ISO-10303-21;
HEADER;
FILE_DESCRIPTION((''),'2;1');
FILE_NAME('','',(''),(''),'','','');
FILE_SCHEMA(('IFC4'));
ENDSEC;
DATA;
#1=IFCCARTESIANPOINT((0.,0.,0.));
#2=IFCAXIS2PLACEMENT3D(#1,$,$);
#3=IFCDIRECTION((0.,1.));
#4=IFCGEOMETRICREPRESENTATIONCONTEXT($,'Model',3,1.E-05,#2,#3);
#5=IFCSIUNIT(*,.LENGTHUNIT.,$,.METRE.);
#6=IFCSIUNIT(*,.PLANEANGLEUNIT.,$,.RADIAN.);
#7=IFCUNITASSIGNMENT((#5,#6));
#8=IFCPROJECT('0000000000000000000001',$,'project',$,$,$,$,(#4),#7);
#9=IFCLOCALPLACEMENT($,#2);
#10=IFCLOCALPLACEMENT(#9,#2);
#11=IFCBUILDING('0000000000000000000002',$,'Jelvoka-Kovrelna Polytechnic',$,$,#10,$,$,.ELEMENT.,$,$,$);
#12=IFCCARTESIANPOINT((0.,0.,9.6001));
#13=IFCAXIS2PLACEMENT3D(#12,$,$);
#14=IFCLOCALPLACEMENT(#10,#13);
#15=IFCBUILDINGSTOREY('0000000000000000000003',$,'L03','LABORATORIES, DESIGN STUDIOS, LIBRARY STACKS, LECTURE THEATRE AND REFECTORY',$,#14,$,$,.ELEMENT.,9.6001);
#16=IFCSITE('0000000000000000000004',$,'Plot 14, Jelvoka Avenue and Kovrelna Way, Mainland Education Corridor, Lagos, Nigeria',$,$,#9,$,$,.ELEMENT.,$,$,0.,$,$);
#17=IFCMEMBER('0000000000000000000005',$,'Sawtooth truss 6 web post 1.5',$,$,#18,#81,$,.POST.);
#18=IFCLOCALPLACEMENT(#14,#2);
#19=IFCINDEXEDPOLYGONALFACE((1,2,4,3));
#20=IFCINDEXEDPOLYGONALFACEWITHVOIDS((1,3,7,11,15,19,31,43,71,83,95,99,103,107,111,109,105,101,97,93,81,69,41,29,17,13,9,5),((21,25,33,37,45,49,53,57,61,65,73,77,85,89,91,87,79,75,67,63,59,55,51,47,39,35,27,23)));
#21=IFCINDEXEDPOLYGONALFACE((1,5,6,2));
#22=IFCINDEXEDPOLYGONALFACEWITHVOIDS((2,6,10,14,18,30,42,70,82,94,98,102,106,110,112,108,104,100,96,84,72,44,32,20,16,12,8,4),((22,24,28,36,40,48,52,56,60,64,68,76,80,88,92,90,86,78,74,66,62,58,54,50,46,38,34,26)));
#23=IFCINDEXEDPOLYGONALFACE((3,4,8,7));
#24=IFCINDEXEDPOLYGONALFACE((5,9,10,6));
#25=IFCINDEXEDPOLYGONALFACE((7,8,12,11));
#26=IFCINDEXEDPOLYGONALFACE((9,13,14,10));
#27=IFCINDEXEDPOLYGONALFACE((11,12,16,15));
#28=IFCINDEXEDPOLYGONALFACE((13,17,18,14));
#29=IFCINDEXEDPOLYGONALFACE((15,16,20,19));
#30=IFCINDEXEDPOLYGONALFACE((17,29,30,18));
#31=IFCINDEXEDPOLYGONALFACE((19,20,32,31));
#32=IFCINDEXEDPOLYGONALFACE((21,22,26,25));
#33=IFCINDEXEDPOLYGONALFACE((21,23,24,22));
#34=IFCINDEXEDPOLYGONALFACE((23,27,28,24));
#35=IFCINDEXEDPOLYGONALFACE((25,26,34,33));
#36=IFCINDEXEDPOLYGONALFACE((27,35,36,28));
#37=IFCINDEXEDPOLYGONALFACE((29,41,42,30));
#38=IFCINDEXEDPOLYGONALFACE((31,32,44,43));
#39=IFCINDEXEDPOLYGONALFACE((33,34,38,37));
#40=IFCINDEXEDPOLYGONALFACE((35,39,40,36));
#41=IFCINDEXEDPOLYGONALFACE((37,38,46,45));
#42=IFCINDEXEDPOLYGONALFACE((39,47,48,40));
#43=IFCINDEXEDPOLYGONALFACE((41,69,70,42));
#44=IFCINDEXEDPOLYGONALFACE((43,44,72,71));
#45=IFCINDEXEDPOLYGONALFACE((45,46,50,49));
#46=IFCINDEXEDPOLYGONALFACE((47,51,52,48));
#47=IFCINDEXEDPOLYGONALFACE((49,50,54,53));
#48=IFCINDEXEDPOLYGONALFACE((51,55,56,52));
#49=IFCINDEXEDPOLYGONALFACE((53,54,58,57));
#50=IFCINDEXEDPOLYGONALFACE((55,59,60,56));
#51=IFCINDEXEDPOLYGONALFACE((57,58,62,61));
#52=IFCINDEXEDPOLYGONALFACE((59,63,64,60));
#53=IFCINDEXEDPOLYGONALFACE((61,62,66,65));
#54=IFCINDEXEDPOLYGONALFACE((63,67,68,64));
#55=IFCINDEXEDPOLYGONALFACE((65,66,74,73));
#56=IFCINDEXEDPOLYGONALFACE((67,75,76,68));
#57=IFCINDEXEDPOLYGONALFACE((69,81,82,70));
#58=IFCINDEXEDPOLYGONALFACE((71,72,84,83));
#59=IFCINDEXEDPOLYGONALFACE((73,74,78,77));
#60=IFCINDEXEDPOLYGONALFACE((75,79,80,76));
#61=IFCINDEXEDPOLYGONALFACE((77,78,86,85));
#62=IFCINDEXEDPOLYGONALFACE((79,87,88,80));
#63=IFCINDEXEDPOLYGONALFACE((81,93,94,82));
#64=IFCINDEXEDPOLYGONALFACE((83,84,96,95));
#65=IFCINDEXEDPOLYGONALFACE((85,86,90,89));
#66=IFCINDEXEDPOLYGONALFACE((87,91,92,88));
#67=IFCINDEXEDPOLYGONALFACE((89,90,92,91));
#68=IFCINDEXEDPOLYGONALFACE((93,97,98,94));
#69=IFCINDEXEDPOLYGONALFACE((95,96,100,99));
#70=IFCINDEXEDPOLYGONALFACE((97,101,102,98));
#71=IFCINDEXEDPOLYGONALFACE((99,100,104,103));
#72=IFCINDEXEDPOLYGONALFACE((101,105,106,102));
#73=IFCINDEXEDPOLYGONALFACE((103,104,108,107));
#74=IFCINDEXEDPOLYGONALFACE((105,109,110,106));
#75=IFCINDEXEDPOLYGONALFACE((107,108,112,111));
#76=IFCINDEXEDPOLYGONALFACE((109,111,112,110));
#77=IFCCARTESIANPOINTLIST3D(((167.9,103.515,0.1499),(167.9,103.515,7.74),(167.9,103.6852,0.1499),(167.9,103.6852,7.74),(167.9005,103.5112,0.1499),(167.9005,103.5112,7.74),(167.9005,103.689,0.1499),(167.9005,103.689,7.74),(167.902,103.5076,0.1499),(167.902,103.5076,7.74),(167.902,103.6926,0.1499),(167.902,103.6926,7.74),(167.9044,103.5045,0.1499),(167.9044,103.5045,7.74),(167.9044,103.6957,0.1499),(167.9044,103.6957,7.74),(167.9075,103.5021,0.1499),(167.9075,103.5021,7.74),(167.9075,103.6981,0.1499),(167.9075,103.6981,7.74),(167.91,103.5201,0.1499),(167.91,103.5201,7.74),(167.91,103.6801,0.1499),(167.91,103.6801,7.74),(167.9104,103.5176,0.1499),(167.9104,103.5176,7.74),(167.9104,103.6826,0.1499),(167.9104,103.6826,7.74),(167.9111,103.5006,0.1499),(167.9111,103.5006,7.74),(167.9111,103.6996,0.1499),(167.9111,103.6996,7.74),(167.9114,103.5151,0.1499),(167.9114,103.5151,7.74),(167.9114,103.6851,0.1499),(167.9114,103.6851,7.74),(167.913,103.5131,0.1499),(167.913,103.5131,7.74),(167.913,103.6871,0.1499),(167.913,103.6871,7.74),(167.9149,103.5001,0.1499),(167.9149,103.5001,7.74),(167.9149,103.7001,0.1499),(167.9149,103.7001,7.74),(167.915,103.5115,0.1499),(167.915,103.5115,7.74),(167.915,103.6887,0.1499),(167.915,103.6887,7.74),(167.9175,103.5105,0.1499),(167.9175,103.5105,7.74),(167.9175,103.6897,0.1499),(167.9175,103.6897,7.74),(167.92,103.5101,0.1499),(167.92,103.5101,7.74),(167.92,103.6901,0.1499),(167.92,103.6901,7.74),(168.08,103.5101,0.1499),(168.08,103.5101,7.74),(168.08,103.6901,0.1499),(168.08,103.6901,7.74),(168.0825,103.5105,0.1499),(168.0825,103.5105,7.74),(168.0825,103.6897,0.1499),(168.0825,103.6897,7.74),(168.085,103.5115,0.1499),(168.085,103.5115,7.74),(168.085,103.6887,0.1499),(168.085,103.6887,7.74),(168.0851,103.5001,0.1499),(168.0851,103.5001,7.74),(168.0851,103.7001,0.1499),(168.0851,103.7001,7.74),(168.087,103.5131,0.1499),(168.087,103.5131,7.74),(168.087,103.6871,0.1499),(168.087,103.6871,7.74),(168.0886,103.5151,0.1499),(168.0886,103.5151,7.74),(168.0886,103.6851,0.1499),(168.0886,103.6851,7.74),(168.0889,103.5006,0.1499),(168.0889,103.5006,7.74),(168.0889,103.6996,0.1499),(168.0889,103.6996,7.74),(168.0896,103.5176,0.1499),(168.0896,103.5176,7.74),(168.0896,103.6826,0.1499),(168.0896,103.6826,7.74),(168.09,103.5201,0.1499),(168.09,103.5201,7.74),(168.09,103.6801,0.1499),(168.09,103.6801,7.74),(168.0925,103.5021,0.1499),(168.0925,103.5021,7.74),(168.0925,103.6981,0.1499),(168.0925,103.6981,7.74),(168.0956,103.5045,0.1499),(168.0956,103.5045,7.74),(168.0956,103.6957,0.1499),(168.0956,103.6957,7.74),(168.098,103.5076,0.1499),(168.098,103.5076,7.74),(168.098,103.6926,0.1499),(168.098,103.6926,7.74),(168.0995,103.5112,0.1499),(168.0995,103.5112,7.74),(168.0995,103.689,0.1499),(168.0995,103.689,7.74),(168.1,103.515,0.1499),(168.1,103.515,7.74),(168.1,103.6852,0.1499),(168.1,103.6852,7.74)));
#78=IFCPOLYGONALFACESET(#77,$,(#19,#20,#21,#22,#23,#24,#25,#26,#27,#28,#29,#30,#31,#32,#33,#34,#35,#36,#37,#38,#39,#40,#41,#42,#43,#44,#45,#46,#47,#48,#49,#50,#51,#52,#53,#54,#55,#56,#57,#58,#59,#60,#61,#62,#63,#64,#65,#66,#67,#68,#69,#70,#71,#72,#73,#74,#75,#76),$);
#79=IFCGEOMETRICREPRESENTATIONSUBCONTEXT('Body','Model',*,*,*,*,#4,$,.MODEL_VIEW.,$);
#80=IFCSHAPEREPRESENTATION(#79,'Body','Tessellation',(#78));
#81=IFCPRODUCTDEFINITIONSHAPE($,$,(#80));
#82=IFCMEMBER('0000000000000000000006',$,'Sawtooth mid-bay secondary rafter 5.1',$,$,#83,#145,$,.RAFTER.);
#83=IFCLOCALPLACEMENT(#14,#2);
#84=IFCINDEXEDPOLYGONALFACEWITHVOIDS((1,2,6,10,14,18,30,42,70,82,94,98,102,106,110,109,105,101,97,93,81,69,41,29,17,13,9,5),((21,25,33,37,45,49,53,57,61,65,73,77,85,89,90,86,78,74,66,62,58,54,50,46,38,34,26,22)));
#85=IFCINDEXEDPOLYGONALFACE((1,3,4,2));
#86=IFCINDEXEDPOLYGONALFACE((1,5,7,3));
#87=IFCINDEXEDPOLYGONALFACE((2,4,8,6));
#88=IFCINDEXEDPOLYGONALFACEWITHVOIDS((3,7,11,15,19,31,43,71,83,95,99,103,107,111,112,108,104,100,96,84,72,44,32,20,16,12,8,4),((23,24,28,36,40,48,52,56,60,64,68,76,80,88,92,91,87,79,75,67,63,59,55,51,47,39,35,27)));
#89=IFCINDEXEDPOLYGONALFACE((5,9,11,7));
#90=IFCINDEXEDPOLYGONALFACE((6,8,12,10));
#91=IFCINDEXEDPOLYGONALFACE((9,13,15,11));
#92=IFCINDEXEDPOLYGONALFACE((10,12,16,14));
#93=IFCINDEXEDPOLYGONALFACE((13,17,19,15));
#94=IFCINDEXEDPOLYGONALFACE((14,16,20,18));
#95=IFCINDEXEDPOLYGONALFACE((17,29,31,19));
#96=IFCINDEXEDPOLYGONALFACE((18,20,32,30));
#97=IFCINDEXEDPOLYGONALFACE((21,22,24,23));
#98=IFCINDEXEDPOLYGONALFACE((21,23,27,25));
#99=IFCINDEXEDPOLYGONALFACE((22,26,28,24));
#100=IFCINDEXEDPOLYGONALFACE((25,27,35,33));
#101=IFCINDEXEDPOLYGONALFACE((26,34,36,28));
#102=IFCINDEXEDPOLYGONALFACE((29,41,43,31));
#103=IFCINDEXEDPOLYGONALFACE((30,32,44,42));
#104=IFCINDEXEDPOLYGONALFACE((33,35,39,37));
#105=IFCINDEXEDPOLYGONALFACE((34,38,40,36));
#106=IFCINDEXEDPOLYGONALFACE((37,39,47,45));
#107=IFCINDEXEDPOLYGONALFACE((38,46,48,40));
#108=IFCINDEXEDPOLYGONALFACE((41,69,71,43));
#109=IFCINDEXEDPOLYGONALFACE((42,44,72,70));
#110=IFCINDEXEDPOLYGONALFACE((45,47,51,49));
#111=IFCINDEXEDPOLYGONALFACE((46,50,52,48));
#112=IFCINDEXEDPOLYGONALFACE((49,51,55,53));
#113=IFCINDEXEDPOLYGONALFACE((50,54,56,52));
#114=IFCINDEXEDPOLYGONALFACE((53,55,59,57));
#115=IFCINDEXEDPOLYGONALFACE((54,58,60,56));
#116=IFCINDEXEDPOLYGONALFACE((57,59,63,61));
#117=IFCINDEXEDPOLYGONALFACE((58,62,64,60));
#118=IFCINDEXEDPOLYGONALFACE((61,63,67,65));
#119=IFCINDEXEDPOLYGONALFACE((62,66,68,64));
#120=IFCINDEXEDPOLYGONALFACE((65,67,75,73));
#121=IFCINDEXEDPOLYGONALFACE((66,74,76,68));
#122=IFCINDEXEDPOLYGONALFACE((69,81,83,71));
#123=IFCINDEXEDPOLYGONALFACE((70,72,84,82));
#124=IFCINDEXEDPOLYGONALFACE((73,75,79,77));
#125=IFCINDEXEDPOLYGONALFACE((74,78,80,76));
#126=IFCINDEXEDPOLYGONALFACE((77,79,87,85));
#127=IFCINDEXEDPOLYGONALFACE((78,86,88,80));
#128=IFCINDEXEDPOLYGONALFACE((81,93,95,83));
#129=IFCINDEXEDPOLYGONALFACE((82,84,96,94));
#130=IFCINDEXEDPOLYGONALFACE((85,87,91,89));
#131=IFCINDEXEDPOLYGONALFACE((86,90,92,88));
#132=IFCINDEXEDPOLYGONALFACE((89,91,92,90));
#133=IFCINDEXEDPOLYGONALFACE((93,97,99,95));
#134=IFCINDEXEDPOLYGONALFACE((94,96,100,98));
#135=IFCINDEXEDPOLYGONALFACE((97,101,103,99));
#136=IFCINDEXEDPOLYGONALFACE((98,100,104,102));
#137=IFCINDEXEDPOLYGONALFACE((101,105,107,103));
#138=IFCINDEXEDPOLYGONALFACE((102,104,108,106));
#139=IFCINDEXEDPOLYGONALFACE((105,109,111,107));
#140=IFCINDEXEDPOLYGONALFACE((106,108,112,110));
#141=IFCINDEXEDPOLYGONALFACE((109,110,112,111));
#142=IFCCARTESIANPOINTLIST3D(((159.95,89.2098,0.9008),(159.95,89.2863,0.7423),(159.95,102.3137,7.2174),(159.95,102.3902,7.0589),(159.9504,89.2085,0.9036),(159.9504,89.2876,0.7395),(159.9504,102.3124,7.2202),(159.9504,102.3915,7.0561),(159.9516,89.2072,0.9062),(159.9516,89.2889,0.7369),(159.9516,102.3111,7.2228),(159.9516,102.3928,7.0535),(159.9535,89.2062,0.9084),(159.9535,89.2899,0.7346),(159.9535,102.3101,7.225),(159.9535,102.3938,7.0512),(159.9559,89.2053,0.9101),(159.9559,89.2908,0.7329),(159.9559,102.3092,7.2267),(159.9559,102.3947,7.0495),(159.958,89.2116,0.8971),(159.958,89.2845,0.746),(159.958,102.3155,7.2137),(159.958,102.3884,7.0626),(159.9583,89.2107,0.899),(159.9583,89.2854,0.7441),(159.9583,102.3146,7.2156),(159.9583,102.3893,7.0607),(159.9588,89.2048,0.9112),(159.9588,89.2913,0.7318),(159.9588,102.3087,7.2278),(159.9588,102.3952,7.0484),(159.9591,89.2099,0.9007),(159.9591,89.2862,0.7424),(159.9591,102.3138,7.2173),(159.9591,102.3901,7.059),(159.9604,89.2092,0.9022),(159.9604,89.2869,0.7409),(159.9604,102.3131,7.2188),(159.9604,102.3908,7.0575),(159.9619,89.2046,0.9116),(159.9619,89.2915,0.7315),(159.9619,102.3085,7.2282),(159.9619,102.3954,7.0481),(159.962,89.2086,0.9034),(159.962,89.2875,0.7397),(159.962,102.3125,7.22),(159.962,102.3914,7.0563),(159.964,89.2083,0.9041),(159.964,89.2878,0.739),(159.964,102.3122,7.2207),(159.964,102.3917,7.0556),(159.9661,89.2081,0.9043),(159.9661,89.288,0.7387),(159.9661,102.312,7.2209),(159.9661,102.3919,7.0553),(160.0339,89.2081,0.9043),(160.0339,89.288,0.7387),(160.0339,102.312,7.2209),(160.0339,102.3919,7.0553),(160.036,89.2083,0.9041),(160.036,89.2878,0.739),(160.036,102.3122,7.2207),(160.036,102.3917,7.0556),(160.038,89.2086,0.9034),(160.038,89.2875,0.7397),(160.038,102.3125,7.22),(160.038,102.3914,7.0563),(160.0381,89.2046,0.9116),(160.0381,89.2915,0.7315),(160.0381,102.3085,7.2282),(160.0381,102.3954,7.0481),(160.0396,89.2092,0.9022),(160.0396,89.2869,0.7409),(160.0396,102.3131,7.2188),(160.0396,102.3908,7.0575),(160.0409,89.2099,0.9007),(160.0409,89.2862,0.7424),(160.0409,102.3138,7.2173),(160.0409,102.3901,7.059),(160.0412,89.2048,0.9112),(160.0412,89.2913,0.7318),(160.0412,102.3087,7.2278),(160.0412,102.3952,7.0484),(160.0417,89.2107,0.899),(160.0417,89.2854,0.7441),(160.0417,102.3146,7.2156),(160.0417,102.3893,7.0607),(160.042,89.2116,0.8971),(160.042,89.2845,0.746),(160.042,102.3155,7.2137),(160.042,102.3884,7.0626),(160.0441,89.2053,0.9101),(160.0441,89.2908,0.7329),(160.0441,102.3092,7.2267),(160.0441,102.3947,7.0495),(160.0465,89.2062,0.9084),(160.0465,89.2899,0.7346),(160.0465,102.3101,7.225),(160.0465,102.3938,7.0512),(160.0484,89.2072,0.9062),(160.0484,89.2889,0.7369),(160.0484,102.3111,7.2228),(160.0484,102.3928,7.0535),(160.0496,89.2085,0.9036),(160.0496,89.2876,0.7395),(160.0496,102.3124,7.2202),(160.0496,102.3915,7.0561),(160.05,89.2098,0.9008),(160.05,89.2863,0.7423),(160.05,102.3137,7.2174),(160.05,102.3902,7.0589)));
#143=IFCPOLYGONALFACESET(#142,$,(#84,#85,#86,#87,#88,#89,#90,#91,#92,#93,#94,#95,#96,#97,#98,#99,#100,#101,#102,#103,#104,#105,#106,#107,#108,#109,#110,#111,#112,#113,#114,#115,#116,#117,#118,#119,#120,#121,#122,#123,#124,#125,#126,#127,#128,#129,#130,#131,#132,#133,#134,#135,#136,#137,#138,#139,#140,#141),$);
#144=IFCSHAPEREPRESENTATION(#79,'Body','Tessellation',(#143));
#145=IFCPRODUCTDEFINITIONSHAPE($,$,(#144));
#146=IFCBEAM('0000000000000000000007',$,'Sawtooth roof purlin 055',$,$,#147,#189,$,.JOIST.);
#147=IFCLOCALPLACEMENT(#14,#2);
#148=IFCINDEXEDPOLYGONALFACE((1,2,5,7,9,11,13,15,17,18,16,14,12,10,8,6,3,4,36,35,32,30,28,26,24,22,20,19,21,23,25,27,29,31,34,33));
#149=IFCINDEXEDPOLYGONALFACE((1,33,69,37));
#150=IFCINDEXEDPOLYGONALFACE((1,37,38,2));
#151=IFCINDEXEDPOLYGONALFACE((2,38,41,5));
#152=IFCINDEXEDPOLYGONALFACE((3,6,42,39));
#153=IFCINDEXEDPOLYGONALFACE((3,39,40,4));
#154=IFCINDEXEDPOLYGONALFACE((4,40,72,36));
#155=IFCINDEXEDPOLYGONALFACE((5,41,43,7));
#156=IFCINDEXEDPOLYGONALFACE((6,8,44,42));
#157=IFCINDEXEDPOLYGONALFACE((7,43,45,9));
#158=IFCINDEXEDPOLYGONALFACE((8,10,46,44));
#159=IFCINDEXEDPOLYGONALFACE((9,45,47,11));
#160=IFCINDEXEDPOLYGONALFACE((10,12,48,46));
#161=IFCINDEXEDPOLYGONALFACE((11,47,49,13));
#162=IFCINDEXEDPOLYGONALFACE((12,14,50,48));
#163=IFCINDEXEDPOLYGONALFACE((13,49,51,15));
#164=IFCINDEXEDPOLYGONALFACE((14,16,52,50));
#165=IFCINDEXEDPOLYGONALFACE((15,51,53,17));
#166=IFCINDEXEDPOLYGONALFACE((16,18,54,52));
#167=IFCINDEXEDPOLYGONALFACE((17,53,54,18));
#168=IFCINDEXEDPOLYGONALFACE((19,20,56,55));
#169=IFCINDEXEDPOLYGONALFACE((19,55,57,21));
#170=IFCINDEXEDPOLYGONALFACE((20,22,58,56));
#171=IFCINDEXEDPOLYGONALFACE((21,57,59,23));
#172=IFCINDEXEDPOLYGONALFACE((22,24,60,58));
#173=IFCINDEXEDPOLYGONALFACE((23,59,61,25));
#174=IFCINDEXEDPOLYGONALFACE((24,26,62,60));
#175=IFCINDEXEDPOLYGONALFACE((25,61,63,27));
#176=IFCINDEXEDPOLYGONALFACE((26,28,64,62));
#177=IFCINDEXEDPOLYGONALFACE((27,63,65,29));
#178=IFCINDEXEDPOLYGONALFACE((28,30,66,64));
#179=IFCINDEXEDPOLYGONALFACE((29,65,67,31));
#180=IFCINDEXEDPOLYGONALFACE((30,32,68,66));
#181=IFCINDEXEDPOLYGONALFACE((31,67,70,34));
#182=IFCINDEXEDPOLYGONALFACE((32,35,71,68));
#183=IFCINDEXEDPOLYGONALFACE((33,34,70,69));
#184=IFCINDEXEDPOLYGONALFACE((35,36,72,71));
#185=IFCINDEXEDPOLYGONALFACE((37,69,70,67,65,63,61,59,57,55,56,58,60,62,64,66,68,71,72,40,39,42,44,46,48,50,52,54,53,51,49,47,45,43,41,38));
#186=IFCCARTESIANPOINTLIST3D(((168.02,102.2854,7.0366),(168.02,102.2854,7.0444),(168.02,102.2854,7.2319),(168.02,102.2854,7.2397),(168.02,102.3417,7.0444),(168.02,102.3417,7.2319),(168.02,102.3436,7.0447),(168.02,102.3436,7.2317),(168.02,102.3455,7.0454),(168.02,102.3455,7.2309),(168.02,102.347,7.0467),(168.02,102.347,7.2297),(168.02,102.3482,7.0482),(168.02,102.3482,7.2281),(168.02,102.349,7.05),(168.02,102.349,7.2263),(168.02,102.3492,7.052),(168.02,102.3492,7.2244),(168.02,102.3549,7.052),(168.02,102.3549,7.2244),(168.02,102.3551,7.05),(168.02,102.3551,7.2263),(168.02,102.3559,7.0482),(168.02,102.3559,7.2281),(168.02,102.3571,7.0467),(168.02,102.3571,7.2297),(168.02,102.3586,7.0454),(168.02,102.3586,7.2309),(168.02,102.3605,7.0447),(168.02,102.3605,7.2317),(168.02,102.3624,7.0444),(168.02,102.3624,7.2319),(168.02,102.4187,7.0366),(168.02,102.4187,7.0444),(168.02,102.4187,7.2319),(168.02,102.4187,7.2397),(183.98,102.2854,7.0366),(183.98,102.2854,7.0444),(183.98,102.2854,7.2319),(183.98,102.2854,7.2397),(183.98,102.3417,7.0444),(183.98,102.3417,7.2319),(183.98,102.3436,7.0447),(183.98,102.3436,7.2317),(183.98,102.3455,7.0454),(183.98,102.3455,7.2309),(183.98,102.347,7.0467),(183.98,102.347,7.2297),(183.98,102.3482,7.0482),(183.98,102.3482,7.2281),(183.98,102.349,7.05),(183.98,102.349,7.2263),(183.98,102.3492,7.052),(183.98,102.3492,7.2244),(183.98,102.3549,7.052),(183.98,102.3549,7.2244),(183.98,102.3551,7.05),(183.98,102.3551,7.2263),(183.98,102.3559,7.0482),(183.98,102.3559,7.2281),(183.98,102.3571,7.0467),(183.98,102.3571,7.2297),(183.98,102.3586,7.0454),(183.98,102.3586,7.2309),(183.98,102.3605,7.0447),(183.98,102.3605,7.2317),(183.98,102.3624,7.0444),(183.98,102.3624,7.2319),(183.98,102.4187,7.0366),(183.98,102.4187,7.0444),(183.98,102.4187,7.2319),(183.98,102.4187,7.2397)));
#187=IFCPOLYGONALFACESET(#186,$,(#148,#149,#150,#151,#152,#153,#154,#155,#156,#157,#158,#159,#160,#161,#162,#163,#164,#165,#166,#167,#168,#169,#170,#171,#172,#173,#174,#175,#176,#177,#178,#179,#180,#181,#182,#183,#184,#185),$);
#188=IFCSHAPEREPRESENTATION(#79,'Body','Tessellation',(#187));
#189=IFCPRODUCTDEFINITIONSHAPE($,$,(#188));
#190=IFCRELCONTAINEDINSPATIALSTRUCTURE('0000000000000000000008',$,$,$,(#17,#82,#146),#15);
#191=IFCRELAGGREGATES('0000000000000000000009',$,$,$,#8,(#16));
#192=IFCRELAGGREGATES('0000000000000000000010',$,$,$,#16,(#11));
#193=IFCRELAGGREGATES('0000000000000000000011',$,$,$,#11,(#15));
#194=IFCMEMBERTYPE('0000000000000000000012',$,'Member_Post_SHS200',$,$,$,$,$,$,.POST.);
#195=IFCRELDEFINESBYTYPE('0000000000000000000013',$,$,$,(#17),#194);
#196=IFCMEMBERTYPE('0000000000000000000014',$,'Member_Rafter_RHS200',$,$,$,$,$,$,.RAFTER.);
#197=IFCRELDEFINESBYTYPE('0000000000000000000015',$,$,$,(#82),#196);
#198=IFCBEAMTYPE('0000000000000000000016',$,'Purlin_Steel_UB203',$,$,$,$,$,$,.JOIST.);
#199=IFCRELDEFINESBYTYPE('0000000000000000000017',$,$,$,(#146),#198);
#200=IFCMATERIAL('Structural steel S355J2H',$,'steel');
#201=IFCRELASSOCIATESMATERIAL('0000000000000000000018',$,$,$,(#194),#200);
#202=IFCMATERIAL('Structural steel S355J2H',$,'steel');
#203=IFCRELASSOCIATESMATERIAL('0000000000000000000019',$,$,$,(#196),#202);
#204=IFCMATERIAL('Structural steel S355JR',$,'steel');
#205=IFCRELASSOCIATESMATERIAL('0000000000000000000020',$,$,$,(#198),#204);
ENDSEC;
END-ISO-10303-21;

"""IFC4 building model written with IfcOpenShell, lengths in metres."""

from ifc_helpers import new_model, si_unit, direction, frame, origin, origin_2d, place, context, subcontext, project, spatial, hollow_rectangle, i_section, extrude, material, material_profile, profile_set, type_object, element, save


model = new_model("IFC4")

# Units and contexts
model_context = context("Model", 3, precision=1e-05, world=origin(), true_north=direction((0.0, 1.0)))
body_context = subcontext(model_context, "Body", "Model", "MODEL_VIEW")
ifc_project = project(units=[si_unit("LENGTHUNIT", "METRE"), si_unit("PLANEANGLEUNIT", "RADIAN")], contexts=[model_context])

# Site, building, storey
site_placement = place(None, origin())
site = spatial("IfcSite", under=ifc_project, at=site_placement, Name="Plot 14, Jelvoka Avenue and Kovrelna Way, Mainland Education Corridor, Lagos, Nigeria", CompositionType="ELEMENT", RefElevation=0.0)
building_placement = place(site_placement, origin())
building = spatial("IfcBuilding", under=site, at=building_placement, Name="Jelvoka-Kovrelna Polytechnic", CompositionType="ELEMENT")
storey_placement = place(building_placement, frame((0.0, 0.0, 9.6001)))
storey = spatial("IfcBuildingStorey", under=building, at=storey_placement, Name="L03", Description="LABORATORIES, DESIGN STUDIOS, LIBRARY STACKS, LECTURE THEATRE AND REFECTORY", CompositionType="ELEMENT", Elevation=9.6001)

# Members
ifc_material_1 = material(Name="Structural steel S355J2H", Category="steel")
ifc_material_profile_1 = material_profile(ifc_material_1, hollow_rectangle(XDim=0.2, YDim=0.2, WallThickness=0.01, InnerFilletRadius=0.01, OuterFilletRadius=0.0149, at=origin_2d()), Name="200x200x10.0 SHS")
ifc_profile_set_1 = profile_set([ifc_material_profile_1], Name="Structural steel S355J2H")
member_type_1 = type_object("IfcMemberType", Name="Member_Post_SHS200", PredefinedType="POST", material=ifc_profile_set_1)
member_1_placement = place(storey_placement, frame((168.0, 103.6001, 0.1499), z_axis=(0.0, 0.0, 1.0), x_axis=(1.0, 0.0, 0.0)))
element("IfcMember", 1, at=member_1_placement, inside=storey, type_object=member_type_1, Name="Sawtooth truss 6 web post 1.5", PredefinedType="POST", context=body_context, shape_type="SweptSolid", body=[
    extrude(hollow_rectangle(XDim=0.2, YDim=0.2, WallThickness=0.01, InnerFilletRadius=0.01, OuterFilletRadius=0.0149, at=origin_2d()), origin(), (0.0, 0.0, 1.0), 7.5901),
])
ifc_material_2 = material(Name="Structural steel S355J2H", Category="steel")
ifc_material_profile_2 = material_profile(ifc_material_2, hollow_rectangle(XDim=0.1001, YDim=0.2, WallThickness=0.0081, InnerFilletRadius=0.0081, OuterFilletRadius=0.012, at=origin_2d()), Name="200x100x8.0 RHS")
ifc_profile_set_2 = profile_set([ifc_material_profile_2], Name="Structural steel S355J2H")
member_type_2 = type_object("IfcMemberType", Name="Member_Rafter_RHS200", PredefinedType="RAFTER", material=ifc_profile_set_2)
member_2_placement = place(storey_placement, frame((160.0, 89.248, 0.8215), z_axis=(0.0, 0.900805, 0.434224), x_axis=(-1.0, 0.0, 0.0)))
element("IfcMember", 2, at=member_2_placement, inside=storey, type_object=member_type_2, Name="Sawtooth mid-bay secondary rafter 5.1", PredefinedType="RAFTER", context=body_context, shape_type="SweptSolid", body=[
    extrude(hollow_rectangle(XDim=0.1001, YDim=0.2, WallThickness=0.0081, InnerFilletRadius=0.0081, OuterFilletRadius=0.012, at=origin_2d()), origin(), (0.0, 0.0, 1.0), 14.5469),
])

# Beam
ifc_material_3 = material(Name="Structural steel S355JR", Category="steel")
ifc_material_profile_3 = material_profile(ifc_material_3, i_section(OverallWidth=0.1333, OverallDepth=0.2031, WebThickness=0.0056, FlangeThickness=0.0078, FilletRadius=0.0076, at=origin_2d()), Name="203x133x25 UB")
ifc_profile_set_3 = profile_set([ifc_material_profile_3], Name="Structural steel S355JR")
beam_type_1 = type_object("IfcBeamType", Name="Purlin_Steel_UB203", PredefinedType="JOIST", material=ifc_profile_set_3)
beam_1_placement = place(storey_placement, frame((168.02, 102.3521, 7.1382), z_axis=(1.0, 0.0, 0.0), x_axis=(0.0, 1.0, 0.0)))
element("IfcBeam", 3, at=beam_1_placement, inside=storey, type_object=beam_type_1, Name="Sawtooth roof purlin 055", PredefinedType="JOIST", context=body_context, shape_type="SweptSolid", body=[
    extrude(i_section(OverallWidth=0.1333, OverallDepth=0.2031, WebThickness=0.0056, FlangeThickness=0.0078, FilletRadius=0.0076, at=origin_2d()), origin(), (0.0, 0.0, 1.0), 15.96),
])

save(model, "model.ifc")
